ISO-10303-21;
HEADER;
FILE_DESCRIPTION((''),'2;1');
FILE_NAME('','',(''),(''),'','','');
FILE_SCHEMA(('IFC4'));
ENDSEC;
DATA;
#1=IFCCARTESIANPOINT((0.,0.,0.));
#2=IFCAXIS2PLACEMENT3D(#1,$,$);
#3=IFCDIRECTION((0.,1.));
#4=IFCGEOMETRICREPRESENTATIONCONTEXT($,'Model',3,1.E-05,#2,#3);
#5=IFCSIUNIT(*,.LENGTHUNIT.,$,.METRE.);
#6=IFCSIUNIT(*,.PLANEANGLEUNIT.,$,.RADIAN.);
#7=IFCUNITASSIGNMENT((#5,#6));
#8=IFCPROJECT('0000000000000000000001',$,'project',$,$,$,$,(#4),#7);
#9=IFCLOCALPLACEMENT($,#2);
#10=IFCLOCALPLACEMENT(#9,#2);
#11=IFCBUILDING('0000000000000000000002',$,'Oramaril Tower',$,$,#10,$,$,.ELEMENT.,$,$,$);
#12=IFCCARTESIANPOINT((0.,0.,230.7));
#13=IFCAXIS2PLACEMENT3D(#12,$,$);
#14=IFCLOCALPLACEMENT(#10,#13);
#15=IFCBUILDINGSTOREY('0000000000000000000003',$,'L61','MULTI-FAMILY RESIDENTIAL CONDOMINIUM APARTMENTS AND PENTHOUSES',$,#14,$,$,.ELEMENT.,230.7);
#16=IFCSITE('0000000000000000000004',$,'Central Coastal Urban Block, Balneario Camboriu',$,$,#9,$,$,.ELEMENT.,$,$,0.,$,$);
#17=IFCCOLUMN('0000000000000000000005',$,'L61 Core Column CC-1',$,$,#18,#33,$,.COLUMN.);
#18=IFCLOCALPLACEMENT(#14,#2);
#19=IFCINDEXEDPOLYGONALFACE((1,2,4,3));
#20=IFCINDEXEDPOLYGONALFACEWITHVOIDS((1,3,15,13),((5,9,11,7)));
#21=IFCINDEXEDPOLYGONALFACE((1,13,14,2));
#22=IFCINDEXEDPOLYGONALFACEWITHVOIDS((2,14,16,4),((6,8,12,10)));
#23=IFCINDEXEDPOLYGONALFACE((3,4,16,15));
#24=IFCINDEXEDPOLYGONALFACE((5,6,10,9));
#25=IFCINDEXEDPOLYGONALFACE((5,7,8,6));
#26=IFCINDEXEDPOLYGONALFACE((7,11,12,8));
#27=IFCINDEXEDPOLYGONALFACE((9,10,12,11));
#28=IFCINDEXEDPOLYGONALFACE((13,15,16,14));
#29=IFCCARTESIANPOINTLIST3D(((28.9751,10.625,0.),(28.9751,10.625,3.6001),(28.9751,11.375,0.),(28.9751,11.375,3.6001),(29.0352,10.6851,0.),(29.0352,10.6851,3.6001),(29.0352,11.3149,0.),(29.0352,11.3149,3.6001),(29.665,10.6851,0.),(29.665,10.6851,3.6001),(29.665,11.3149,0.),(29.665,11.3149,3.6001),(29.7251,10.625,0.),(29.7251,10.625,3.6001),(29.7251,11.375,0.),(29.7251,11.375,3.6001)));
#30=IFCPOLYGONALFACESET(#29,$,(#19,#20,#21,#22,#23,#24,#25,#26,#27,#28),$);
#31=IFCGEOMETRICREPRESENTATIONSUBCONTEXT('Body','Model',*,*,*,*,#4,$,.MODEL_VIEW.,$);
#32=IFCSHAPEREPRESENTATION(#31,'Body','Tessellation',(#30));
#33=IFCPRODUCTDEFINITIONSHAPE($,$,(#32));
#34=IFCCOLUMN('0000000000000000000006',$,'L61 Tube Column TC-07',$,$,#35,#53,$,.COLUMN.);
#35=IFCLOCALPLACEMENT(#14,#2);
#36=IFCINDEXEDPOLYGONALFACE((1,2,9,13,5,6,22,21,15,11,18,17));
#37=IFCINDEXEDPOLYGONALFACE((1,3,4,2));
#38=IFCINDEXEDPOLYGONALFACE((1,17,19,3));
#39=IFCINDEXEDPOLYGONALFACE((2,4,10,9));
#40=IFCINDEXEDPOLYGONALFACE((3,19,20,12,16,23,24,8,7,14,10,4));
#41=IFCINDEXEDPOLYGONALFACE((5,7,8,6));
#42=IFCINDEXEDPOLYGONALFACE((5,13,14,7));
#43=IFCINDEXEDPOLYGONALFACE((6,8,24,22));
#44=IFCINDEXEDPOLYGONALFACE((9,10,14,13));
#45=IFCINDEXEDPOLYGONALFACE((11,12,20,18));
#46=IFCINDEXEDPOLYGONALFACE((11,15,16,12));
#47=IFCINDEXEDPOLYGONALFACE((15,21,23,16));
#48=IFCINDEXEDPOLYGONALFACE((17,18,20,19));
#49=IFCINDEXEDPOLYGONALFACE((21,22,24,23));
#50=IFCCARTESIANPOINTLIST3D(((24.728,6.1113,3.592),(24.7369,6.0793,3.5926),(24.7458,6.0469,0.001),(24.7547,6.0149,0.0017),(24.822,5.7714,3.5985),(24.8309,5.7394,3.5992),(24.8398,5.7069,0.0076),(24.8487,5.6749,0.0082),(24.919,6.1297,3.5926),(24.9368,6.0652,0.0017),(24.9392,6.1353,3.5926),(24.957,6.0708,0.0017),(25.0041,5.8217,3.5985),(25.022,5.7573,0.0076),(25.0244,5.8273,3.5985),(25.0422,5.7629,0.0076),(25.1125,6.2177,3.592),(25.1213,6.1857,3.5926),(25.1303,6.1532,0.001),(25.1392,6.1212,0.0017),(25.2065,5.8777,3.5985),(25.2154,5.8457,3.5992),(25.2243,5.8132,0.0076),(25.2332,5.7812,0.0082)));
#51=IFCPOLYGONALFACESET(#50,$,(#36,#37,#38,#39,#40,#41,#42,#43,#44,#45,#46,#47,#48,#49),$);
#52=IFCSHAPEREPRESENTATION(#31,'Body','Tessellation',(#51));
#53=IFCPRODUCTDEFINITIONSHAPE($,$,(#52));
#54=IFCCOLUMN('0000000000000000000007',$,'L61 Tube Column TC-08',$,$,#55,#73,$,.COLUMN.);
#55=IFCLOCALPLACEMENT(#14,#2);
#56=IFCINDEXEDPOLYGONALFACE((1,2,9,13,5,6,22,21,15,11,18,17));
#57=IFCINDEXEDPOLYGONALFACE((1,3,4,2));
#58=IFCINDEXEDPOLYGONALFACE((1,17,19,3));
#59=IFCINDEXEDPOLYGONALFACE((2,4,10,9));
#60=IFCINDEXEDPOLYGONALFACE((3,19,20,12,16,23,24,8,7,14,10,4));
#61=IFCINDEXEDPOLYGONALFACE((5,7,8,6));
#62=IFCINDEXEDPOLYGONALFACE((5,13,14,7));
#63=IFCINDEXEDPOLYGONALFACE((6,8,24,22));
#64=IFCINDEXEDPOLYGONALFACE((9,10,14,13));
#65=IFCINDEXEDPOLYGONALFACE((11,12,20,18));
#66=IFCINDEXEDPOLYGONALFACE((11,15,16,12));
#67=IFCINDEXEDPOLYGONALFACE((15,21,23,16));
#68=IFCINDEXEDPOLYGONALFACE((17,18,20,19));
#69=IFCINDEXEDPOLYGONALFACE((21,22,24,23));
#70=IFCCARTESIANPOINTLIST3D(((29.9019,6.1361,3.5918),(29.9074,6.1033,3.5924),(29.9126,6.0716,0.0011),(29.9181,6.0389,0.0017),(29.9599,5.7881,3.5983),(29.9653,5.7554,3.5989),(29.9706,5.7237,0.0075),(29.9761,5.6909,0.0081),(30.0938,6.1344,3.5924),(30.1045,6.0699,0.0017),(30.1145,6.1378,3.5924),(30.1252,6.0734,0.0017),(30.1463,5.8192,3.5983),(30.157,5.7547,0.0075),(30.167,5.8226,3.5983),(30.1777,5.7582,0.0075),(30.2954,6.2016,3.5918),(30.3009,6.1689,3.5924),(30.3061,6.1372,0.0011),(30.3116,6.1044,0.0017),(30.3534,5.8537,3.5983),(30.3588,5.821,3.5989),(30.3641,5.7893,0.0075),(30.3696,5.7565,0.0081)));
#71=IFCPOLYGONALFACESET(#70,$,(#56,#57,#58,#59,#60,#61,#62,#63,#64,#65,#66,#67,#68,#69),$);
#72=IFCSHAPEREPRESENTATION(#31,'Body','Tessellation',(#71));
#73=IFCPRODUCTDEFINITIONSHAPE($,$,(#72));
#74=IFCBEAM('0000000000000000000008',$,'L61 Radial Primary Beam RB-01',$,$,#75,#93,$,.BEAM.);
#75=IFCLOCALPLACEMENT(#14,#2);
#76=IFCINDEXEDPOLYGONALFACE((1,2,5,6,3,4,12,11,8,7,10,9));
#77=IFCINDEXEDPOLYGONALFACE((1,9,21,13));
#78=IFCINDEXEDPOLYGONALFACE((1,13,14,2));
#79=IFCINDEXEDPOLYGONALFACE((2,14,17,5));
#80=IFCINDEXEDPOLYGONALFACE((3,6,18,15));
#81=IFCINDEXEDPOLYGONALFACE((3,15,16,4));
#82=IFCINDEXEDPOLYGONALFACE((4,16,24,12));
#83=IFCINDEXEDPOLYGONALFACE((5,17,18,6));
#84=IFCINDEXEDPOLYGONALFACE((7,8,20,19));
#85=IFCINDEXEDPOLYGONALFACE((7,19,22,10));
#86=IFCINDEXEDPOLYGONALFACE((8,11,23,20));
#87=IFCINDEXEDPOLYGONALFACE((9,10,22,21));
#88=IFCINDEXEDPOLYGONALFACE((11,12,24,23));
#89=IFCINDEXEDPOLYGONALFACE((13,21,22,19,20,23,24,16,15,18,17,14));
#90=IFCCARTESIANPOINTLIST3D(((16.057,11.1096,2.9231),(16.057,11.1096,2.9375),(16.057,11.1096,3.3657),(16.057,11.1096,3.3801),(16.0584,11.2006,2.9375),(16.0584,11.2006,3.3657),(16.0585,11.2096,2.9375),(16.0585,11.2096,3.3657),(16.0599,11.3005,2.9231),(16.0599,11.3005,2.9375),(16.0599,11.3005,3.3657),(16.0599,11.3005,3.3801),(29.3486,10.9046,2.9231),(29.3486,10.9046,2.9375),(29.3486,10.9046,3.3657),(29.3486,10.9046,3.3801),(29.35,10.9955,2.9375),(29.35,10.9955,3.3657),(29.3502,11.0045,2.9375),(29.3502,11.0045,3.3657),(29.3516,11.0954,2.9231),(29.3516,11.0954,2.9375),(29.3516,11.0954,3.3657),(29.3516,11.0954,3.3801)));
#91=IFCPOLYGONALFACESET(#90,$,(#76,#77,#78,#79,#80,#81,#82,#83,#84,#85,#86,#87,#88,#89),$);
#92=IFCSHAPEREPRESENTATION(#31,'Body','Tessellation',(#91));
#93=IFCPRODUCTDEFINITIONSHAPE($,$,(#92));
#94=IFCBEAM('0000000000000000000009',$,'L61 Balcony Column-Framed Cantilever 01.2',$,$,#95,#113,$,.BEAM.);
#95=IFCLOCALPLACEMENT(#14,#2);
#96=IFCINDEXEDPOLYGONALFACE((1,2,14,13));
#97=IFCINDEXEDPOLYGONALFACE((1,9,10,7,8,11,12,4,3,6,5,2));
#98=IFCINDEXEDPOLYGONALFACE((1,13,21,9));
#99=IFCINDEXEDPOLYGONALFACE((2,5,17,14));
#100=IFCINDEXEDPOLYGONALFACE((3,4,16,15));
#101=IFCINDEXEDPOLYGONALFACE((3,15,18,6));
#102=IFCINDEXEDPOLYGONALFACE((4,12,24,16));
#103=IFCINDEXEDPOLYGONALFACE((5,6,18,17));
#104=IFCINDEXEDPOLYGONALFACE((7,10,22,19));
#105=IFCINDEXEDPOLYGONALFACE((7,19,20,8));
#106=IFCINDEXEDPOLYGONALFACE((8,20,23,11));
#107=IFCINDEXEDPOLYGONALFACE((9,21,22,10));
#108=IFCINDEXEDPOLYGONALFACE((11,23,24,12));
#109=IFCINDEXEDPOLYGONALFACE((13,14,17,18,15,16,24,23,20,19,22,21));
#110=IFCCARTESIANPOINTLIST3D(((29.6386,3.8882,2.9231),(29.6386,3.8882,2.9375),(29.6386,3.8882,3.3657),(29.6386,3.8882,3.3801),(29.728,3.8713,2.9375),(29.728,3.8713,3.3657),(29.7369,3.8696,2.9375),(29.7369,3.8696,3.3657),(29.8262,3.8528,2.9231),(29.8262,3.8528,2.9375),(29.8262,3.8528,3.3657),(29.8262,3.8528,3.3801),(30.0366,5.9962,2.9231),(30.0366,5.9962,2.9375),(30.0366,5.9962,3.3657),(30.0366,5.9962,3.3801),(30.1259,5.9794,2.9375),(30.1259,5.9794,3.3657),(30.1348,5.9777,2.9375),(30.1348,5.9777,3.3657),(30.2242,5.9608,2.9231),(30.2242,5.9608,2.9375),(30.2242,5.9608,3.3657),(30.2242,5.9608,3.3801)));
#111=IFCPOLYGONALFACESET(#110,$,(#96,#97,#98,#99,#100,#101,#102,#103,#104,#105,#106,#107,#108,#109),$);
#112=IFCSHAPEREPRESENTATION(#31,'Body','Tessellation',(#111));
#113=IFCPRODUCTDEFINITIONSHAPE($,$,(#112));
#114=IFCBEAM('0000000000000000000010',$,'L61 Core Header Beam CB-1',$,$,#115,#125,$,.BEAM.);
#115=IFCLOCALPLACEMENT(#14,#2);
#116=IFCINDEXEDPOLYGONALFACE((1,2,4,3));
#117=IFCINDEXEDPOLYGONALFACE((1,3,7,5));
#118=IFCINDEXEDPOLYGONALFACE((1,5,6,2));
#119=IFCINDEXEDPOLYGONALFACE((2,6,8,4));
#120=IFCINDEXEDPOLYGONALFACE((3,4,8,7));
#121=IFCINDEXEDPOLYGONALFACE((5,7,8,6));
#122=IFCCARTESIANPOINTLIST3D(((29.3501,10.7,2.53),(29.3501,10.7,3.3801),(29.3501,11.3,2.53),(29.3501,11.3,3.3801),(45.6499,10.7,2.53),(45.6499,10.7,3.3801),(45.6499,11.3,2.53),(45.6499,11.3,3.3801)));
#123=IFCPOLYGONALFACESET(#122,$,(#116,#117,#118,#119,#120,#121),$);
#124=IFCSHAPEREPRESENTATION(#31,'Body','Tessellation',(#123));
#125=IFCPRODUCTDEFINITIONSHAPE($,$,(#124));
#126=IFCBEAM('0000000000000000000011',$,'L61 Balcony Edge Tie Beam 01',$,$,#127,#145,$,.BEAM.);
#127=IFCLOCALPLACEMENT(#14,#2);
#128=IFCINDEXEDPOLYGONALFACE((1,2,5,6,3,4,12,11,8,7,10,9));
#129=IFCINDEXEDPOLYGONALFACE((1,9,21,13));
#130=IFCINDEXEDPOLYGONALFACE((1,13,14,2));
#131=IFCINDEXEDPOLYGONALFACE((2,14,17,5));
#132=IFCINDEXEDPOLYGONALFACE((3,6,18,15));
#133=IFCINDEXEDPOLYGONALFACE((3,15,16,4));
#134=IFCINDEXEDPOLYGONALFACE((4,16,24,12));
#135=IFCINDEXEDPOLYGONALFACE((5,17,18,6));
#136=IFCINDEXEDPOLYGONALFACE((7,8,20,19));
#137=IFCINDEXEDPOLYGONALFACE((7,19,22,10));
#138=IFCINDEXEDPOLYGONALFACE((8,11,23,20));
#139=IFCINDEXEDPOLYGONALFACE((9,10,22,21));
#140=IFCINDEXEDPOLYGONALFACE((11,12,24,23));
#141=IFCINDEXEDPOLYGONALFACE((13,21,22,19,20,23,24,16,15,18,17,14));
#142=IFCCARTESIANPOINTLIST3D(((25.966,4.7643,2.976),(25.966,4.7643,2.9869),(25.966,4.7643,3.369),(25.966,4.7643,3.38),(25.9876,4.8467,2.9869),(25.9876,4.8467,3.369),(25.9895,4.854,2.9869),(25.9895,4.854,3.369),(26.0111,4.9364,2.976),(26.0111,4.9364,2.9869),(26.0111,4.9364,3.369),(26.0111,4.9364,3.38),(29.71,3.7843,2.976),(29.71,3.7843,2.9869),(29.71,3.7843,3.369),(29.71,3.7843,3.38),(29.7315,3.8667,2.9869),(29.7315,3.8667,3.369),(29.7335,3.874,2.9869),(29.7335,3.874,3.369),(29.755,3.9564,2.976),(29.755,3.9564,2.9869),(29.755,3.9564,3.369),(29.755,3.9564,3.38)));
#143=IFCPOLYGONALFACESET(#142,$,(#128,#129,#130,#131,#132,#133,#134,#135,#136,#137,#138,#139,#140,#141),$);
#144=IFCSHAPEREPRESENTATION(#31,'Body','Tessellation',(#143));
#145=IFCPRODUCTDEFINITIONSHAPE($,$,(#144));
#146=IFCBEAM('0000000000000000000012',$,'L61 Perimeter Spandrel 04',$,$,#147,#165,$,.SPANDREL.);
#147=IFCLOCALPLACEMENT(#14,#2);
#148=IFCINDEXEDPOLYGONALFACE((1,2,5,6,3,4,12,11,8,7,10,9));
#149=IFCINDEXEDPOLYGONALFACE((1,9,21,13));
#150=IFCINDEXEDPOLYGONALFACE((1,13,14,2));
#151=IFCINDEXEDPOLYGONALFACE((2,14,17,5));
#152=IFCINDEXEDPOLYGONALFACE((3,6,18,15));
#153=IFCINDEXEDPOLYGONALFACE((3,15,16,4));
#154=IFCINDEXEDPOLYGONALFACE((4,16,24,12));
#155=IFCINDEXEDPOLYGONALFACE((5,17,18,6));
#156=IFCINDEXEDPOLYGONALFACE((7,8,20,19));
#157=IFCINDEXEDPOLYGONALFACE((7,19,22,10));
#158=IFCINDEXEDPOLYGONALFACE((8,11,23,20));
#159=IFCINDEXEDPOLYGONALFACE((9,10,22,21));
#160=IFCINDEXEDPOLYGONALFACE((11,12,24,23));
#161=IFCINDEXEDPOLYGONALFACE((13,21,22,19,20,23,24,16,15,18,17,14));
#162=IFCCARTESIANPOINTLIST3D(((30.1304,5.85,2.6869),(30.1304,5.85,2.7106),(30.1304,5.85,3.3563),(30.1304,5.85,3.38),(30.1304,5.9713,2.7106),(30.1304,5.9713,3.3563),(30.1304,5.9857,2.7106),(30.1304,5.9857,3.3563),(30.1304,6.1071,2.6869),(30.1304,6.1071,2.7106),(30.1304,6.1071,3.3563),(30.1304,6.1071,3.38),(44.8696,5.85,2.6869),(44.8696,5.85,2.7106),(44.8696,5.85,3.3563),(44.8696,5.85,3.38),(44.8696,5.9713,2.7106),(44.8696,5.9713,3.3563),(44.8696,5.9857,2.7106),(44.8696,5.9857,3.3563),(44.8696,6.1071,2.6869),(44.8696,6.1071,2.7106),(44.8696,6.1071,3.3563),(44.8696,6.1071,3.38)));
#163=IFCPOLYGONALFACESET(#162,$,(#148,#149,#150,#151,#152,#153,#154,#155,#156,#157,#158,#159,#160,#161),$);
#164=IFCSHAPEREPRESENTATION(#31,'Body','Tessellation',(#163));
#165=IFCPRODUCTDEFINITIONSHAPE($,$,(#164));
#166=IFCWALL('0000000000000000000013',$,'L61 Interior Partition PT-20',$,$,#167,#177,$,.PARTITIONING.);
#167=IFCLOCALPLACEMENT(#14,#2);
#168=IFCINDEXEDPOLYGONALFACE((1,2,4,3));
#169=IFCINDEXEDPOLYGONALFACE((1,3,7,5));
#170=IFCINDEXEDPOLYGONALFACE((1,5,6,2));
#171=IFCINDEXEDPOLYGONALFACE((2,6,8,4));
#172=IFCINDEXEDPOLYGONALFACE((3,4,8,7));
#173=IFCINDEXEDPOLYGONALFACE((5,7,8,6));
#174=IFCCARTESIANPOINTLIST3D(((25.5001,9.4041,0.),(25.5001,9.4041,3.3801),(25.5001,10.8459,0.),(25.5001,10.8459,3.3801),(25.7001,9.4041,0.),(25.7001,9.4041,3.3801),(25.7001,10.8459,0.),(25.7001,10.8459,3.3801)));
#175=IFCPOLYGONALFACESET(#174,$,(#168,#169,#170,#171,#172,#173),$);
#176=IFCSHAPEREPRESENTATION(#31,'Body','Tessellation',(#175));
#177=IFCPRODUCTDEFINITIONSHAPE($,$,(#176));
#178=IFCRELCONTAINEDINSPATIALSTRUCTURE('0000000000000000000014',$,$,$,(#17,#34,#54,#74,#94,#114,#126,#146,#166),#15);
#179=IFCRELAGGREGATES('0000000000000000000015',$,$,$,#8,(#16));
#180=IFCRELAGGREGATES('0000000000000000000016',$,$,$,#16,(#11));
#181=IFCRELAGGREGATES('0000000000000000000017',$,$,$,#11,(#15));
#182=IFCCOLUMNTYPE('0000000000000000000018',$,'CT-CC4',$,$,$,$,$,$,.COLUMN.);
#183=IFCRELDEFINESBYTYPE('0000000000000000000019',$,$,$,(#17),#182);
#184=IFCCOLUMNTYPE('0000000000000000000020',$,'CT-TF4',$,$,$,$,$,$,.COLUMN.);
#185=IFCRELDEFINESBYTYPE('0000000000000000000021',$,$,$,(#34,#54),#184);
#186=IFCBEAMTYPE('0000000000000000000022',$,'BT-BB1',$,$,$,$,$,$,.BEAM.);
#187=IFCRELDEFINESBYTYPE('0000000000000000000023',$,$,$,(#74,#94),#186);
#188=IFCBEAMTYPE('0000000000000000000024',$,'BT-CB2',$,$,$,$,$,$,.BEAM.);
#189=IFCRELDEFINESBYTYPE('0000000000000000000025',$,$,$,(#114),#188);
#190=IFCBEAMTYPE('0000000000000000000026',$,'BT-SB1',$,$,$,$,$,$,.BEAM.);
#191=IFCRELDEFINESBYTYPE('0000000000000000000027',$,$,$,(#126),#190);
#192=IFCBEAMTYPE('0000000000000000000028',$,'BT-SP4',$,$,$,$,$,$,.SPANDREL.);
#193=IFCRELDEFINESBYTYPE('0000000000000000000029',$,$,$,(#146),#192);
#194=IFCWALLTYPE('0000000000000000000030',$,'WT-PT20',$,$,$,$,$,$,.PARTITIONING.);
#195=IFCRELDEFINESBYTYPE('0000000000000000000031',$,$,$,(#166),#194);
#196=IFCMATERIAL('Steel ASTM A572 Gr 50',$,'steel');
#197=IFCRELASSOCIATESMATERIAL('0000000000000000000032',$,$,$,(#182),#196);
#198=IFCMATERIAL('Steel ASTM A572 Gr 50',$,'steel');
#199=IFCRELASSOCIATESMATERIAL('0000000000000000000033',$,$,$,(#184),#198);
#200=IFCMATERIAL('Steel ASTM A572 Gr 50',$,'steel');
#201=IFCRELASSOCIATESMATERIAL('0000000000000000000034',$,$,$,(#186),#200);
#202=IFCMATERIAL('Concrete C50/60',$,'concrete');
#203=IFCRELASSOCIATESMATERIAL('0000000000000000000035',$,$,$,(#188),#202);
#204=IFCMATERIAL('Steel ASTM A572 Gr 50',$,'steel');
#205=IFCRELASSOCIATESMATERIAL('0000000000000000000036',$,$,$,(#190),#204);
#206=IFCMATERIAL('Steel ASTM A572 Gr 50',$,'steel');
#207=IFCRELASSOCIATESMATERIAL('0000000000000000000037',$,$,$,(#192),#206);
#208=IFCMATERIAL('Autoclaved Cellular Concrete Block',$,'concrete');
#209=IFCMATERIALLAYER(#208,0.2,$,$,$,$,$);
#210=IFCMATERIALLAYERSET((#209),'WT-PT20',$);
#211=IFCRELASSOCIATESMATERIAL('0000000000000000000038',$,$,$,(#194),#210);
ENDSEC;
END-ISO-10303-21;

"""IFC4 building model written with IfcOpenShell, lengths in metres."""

from ifc_helpers import new_model, si_unit, direction, frame, frame_2d, origin, origin_2d, place, context, subcontext, project, spatial, rectangle, hollow_rectangle, i_section, extrude, material, layer, layer_set, material_profile, profile_set, type_object, element, save


model = new_model("IFC4")

# Units and contexts
model_context = context("Model", 3, precision=1e-05, world=origin(), true_north=direction((0.0, 1.0)))
body_context = subcontext(model_context, "Body", "Model", "MODEL_VIEW")
ifc_project = project(units=[si_unit("LENGTHUNIT", "METRE"), si_unit("PLANEANGLEUNIT", "RADIAN")], contexts=[model_context])

# Site, building, storey
site_placement = place(None, origin())
site = spatial("IfcSite", under=ifc_project, at=site_placement, Name="Central Coastal Urban Block, Balneario Camboriu", CompositionType="ELEMENT", RefElevation=0.0)
building_placement = place(site_placement, origin())
building = spatial("IfcBuilding", under=site, at=building_placement, Name="Oramaril Tower", CompositionType="ELEMENT")
storey_placement = place(building_placement, frame((0.0, 0.0, 230.7)))
storey = spatial("IfcBuildingStorey", under=building, at=storey_placement, Name="L61", Description="MULTI-FAMILY RESIDENTIAL CONDOMINIUM APARTMENTS AND PENTHOUSES", CompositionType="ELEMENT", Elevation=230.7)

# Columns
ifc_material_1 = material(Name="Steel ASTM A572 Gr 50", Category="steel")
ifc_material_profile_1 = material_profile(ifc_material_1, hollow_rectangle(XDim=0.75, YDim=0.75, WallThickness=0.0601, at=origin_2d()), Name="BOX750X750X60")
ifc_profile_set_1 = profile_set([ifc_material_profile_1], Name="Steel ASTM A572 Gr 50")
column_type_1 = type_object("IfcColumnType", Name="CT-CC4", PredefinedType="COLUMN", material=ifc_profile_set_1)
column_1_placement = place(storey_placement, frame((29.3501, 11.0, 0.0), z_axis=(0.0, 0.0, 1.0), x_axis=(1.0, 0.0, 0.0)))
element("IfcColumn", 1, at=column_1_placement, inside=storey, type_object=column_type_1, Name="L61 Core Column CC-1", PredefinedType="COLUMN", context=body_context, shape_type="SweptSolid", body=[
    extrude(hollow_rectangle(XDim=0.75, YDim=0.75, WallThickness=0.0601, at=origin_2d()), origin(), (0.0, 0.0, 1.0), 3.6001),
])
ifc_material_2 = material(Name="Steel ASTM A572 Gr 50", Category="steel")
ifc_material_profile_2 = material_profile(ifc_material_2, i_section(OverallWidth=0.3989, OverallDepth=0.386, WebThickness=0.021, FlangeThickness=0.0332, at=origin_2d()), Name="W14X176")
ifc_profile_set_2 = profile_set([ifc_material_profile_2], Name="Steel ASTM A572 Gr 50")
column_type_2 = type_object("IfcColumnType", Name="CT-TF4", PredefinedType="COLUMN", material=ifc_profile_set_2)
column_2_placement = place(storey_placement, frame((24.9895, 5.9141, 0.0046), z_axis=(-0.004962, 0.017946, 0.999827), x_axis=(-0.963831, -0.266514, 0.0)))
element("IfcColumn", 2, at=column_2_placement, inside=storey, type_object=column_type_2, Name="L61 Tube Column TC-07", PredefinedType="COLUMN", context=body_context, shape_type="SweptSolid", body=[
    extrude(i_section(OverallWidth=0.3989, OverallDepth=0.386, WebThickness=0.021, FlangeThickness=0.0332, at=origin_2d()), origin(), (0.0, 0.0, 1.0), 3.5916),
])
column_3_placement = place(storey_placement, frame((30.1411, 5.9141, 0.0046), z_axis=(-0.002991, 0.017946, 0.999834), x_axis=(-0.986394, -0.164399, 0.0)))
element("IfcColumn", 3, at=column_3_placement, inside=storey, type_object=column_type_2, Name="L61 Tube Column TC-08", PredefinedType="COLUMN", context=body_context, shape_type="SweptSolid", body=[
    extrude(i_section(OverallWidth=0.3989, OverallDepth=0.386, WebThickness=0.021, FlangeThickness=0.0332, at=origin_2d()), origin(), (0.0, 0.0, 1.0), 3.5913),
])

# Beams
ifc_material_3 = material(Name="Steel ASTM A572 Gr 50", Category="steel")
ifc_material_profile_3 = material_profile(ifc_material_3, i_section(OverallWidth=0.1909, OverallDepth=0.457, WebThickness=0.009, FlangeThickness=0.0144, at=origin_2d()), Name="W18X50")
ifc_profile_set_3 = profile_set([ifc_material_profile_3], Name="Steel ASTM A572 Gr 50")
beam_type_1 = type_object("IfcBeamType", Name="BT-BB1", PredefinedType="BEAM", material=ifc_profile_set_3)
beam_1_placement = place(storey_placement, frame((29.3501, 11.0, 3.1516), z_axis=(-0.999881, 0.015427, 0.0), x_axis=(-0.015427, -0.999881, 0.0)))
element("IfcBeam", 4, at=beam_1_placement, inside=storey, type_object=beam_type_1, Name="L61 Radial Primary Beam RB-01", PredefinedType="BEAM", context=body_context, shape_type="SweptSolid", body=[
    extrude(i_section(OverallWidth=0.1909, OverallDepth=0.457, WebThickness=0.009, FlangeThickness=0.0144, at=origin_2d()), origin(), (0.0, 0.0, 1.0), 13.2932),
])
beam_2_placement = place(storey_placement, frame((30.1304, 5.9785, 3.1516), z_axis=(-0.185491, -0.982646, 0.0), x_axis=(0.982646, -0.185491, 0.0)))
element("IfcBeam", 5, at=beam_2_placement, inside=storey, type_object=beam_type_1, Name="L61 Balcony Column-Framed Cantilever 01.2", PredefinedType="BEAM", context=body_context, shape_type="SweptSolid", body=[
    extrude(i_section(OverallWidth=0.1909, OverallDepth=0.457, WebThickness=0.009, FlangeThickness=0.0144, at=origin_2d()), origin(), (0.0, 0.0, 1.0), 2.1453),
])
ifc_material_4 = material(Name="Concrete C50/60", Category="concrete")
ifc_material_profile_4 = material_profile(ifc_material_4, rectangle(XDim=0.6001, YDim=0.8501, at=origin_2d()), Name="CB600X850")
ifc_profile_set_4 = profile_set([ifc_material_profile_4], Name="Concrete C50/60")
beam_type_2 = type_object("IfcBeamType", Name="BT-CB2", PredefinedType="BEAM", material=ifc_profile_set_4)
beam_3_placement = place(storey_placement, frame((29.3501, 11.0, 2.9551), z_axis=(1.0, 0.0, 0.0), x_axis=(0.0, 1.0, 0.0)))
element("IfcBeam", 6, at=beam_3_placement, inside=storey, type_object=beam_type_2, Name="L61 Core Header Beam CB-1", PredefinedType="BEAM", context=body_context, shape_type="SweptSolid", body=[
    extrude(rectangle(XDim=0.6001, YDim=0.8501, at=origin_2d()), origin(), (0.0, 0.0, 1.0), 16.2998),
])
ifc_material_5 = material(Name="Steel ASTM A572 Gr 50", Category="steel")
ifc_material_profile_5 = material_profile(ifc_material_5, i_section(OverallWidth=0.178, OverallDepth=0.4041, WebThickness=0.0076, FlangeThickness=0.011, at=origin_2d()), Name="W16X36")
ifc_profile_set_5 = profile_set([ifc_material_profile_5], Name="Steel ASTM A572 Gr 50")
beam_type_3 = type_object("IfcBeamType", Name="BT-SB1", PredefinedType="BEAM", material=ifc_profile_set_5)
beam_4_placement = place(storey_placement, frame((25.9885, 4.8503, 3.178), z_axis=(0.967408, -0.253223, 0.0), x_axis=(0.253223, 0.967408, 0.0)))
element("IfcBeam", 7, at=beam_4_placement, inside=storey, type_object=beam_type_3, Name="L61 Balcony Edge Tie Beam 01", PredefinedType="BEAM", context=body_context, shape_type="SweptSolid", body=[
    extrude(i_section(OverallWidth=0.178, OverallDepth=0.4041, WebThickness=0.0076, FlangeThickness=0.011, at=origin_2d()), origin(), (0.0, 0.0, 1.0), 3.8701),
])
ifc_material_6 = material(Name="Steel ASTM A572 Gr 50", Category="steel")
ifc_material_profile_6 = material_profile(ifc_material_6, i_section(OverallWidth=0.2571, OverallDepth=0.6931, WebThickness=0.0144, FlangeThickness=0.0237, at=origin_2d()), Name="W27X114")
ifc_profile_set_6 = profile_set([ifc_material_profile_6], Name="Steel ASTM A572 Gr 50")
beam_type_4 = type_object("IfcBeamType", Name="BT-SP4", PredefinedType="SPANDREL", material=ifc_profile_set_6)
beam_5_placement = place(storey_placement, frame((30.1304, 5.9785, 3.0334), z_axis=(1.0, 0.0, 0.0), x_axis=(0.0, 1.0, 0.0)))
element("IfcBeam", 8, at=beam_5_placement, inside=storey, type_object=beam_type_4, Name="L61 Perimeter Spandrel 04", PredefinedType="SPANDREL", context=body_context, shape_type="SweptSolid", body=[
    extrude(i_section(OverallWidth=0.2571, OverallDepth=0.6931, WebThickness=0.0144, FlangeThickness=0.0237, at=origin_2d()), origin(), (0.0, 0.0, 1.0), 14.7393),
])

# Shared definitions
ifc_material_7 = material(Name="Autoclaved Cellular Concrete Block", Category="concrete")
ifc_layer_1 = layer(ifc_material_7, 0.2)
ifc_layer_set_1 = layer_set([ifc_layer_1], Name="WT-PT20")
wall_type = type_object("IfcWallType", Name="WT-PT20", PredefinedType="PARTITIONING", material=ifc_layer_set_1)

# Wall
wall_1_placement = place(storey_placement, frame((25.6001, 9.4041, 0.0), z_axis=(0.0, 0.0, 1.0), x_axis=(0.0, 1.0, 0.0)))
element("IfcWall", 9, at=wall_1_placement, inside=storey, type_object=wall_type, Name="L61 Interior Partition PT-20", PredefinedType="PARTITIONING", context=body_context, shape_type="SweptSolid", body=[
    extrude(rectangle(XDim=1.4419, YDim=0.2, at=frame_2d((0.7209, 0.0))), origin(), (0.0, 0.0, 1.0), 3.3801),
])

save(model, "model.ifc")
